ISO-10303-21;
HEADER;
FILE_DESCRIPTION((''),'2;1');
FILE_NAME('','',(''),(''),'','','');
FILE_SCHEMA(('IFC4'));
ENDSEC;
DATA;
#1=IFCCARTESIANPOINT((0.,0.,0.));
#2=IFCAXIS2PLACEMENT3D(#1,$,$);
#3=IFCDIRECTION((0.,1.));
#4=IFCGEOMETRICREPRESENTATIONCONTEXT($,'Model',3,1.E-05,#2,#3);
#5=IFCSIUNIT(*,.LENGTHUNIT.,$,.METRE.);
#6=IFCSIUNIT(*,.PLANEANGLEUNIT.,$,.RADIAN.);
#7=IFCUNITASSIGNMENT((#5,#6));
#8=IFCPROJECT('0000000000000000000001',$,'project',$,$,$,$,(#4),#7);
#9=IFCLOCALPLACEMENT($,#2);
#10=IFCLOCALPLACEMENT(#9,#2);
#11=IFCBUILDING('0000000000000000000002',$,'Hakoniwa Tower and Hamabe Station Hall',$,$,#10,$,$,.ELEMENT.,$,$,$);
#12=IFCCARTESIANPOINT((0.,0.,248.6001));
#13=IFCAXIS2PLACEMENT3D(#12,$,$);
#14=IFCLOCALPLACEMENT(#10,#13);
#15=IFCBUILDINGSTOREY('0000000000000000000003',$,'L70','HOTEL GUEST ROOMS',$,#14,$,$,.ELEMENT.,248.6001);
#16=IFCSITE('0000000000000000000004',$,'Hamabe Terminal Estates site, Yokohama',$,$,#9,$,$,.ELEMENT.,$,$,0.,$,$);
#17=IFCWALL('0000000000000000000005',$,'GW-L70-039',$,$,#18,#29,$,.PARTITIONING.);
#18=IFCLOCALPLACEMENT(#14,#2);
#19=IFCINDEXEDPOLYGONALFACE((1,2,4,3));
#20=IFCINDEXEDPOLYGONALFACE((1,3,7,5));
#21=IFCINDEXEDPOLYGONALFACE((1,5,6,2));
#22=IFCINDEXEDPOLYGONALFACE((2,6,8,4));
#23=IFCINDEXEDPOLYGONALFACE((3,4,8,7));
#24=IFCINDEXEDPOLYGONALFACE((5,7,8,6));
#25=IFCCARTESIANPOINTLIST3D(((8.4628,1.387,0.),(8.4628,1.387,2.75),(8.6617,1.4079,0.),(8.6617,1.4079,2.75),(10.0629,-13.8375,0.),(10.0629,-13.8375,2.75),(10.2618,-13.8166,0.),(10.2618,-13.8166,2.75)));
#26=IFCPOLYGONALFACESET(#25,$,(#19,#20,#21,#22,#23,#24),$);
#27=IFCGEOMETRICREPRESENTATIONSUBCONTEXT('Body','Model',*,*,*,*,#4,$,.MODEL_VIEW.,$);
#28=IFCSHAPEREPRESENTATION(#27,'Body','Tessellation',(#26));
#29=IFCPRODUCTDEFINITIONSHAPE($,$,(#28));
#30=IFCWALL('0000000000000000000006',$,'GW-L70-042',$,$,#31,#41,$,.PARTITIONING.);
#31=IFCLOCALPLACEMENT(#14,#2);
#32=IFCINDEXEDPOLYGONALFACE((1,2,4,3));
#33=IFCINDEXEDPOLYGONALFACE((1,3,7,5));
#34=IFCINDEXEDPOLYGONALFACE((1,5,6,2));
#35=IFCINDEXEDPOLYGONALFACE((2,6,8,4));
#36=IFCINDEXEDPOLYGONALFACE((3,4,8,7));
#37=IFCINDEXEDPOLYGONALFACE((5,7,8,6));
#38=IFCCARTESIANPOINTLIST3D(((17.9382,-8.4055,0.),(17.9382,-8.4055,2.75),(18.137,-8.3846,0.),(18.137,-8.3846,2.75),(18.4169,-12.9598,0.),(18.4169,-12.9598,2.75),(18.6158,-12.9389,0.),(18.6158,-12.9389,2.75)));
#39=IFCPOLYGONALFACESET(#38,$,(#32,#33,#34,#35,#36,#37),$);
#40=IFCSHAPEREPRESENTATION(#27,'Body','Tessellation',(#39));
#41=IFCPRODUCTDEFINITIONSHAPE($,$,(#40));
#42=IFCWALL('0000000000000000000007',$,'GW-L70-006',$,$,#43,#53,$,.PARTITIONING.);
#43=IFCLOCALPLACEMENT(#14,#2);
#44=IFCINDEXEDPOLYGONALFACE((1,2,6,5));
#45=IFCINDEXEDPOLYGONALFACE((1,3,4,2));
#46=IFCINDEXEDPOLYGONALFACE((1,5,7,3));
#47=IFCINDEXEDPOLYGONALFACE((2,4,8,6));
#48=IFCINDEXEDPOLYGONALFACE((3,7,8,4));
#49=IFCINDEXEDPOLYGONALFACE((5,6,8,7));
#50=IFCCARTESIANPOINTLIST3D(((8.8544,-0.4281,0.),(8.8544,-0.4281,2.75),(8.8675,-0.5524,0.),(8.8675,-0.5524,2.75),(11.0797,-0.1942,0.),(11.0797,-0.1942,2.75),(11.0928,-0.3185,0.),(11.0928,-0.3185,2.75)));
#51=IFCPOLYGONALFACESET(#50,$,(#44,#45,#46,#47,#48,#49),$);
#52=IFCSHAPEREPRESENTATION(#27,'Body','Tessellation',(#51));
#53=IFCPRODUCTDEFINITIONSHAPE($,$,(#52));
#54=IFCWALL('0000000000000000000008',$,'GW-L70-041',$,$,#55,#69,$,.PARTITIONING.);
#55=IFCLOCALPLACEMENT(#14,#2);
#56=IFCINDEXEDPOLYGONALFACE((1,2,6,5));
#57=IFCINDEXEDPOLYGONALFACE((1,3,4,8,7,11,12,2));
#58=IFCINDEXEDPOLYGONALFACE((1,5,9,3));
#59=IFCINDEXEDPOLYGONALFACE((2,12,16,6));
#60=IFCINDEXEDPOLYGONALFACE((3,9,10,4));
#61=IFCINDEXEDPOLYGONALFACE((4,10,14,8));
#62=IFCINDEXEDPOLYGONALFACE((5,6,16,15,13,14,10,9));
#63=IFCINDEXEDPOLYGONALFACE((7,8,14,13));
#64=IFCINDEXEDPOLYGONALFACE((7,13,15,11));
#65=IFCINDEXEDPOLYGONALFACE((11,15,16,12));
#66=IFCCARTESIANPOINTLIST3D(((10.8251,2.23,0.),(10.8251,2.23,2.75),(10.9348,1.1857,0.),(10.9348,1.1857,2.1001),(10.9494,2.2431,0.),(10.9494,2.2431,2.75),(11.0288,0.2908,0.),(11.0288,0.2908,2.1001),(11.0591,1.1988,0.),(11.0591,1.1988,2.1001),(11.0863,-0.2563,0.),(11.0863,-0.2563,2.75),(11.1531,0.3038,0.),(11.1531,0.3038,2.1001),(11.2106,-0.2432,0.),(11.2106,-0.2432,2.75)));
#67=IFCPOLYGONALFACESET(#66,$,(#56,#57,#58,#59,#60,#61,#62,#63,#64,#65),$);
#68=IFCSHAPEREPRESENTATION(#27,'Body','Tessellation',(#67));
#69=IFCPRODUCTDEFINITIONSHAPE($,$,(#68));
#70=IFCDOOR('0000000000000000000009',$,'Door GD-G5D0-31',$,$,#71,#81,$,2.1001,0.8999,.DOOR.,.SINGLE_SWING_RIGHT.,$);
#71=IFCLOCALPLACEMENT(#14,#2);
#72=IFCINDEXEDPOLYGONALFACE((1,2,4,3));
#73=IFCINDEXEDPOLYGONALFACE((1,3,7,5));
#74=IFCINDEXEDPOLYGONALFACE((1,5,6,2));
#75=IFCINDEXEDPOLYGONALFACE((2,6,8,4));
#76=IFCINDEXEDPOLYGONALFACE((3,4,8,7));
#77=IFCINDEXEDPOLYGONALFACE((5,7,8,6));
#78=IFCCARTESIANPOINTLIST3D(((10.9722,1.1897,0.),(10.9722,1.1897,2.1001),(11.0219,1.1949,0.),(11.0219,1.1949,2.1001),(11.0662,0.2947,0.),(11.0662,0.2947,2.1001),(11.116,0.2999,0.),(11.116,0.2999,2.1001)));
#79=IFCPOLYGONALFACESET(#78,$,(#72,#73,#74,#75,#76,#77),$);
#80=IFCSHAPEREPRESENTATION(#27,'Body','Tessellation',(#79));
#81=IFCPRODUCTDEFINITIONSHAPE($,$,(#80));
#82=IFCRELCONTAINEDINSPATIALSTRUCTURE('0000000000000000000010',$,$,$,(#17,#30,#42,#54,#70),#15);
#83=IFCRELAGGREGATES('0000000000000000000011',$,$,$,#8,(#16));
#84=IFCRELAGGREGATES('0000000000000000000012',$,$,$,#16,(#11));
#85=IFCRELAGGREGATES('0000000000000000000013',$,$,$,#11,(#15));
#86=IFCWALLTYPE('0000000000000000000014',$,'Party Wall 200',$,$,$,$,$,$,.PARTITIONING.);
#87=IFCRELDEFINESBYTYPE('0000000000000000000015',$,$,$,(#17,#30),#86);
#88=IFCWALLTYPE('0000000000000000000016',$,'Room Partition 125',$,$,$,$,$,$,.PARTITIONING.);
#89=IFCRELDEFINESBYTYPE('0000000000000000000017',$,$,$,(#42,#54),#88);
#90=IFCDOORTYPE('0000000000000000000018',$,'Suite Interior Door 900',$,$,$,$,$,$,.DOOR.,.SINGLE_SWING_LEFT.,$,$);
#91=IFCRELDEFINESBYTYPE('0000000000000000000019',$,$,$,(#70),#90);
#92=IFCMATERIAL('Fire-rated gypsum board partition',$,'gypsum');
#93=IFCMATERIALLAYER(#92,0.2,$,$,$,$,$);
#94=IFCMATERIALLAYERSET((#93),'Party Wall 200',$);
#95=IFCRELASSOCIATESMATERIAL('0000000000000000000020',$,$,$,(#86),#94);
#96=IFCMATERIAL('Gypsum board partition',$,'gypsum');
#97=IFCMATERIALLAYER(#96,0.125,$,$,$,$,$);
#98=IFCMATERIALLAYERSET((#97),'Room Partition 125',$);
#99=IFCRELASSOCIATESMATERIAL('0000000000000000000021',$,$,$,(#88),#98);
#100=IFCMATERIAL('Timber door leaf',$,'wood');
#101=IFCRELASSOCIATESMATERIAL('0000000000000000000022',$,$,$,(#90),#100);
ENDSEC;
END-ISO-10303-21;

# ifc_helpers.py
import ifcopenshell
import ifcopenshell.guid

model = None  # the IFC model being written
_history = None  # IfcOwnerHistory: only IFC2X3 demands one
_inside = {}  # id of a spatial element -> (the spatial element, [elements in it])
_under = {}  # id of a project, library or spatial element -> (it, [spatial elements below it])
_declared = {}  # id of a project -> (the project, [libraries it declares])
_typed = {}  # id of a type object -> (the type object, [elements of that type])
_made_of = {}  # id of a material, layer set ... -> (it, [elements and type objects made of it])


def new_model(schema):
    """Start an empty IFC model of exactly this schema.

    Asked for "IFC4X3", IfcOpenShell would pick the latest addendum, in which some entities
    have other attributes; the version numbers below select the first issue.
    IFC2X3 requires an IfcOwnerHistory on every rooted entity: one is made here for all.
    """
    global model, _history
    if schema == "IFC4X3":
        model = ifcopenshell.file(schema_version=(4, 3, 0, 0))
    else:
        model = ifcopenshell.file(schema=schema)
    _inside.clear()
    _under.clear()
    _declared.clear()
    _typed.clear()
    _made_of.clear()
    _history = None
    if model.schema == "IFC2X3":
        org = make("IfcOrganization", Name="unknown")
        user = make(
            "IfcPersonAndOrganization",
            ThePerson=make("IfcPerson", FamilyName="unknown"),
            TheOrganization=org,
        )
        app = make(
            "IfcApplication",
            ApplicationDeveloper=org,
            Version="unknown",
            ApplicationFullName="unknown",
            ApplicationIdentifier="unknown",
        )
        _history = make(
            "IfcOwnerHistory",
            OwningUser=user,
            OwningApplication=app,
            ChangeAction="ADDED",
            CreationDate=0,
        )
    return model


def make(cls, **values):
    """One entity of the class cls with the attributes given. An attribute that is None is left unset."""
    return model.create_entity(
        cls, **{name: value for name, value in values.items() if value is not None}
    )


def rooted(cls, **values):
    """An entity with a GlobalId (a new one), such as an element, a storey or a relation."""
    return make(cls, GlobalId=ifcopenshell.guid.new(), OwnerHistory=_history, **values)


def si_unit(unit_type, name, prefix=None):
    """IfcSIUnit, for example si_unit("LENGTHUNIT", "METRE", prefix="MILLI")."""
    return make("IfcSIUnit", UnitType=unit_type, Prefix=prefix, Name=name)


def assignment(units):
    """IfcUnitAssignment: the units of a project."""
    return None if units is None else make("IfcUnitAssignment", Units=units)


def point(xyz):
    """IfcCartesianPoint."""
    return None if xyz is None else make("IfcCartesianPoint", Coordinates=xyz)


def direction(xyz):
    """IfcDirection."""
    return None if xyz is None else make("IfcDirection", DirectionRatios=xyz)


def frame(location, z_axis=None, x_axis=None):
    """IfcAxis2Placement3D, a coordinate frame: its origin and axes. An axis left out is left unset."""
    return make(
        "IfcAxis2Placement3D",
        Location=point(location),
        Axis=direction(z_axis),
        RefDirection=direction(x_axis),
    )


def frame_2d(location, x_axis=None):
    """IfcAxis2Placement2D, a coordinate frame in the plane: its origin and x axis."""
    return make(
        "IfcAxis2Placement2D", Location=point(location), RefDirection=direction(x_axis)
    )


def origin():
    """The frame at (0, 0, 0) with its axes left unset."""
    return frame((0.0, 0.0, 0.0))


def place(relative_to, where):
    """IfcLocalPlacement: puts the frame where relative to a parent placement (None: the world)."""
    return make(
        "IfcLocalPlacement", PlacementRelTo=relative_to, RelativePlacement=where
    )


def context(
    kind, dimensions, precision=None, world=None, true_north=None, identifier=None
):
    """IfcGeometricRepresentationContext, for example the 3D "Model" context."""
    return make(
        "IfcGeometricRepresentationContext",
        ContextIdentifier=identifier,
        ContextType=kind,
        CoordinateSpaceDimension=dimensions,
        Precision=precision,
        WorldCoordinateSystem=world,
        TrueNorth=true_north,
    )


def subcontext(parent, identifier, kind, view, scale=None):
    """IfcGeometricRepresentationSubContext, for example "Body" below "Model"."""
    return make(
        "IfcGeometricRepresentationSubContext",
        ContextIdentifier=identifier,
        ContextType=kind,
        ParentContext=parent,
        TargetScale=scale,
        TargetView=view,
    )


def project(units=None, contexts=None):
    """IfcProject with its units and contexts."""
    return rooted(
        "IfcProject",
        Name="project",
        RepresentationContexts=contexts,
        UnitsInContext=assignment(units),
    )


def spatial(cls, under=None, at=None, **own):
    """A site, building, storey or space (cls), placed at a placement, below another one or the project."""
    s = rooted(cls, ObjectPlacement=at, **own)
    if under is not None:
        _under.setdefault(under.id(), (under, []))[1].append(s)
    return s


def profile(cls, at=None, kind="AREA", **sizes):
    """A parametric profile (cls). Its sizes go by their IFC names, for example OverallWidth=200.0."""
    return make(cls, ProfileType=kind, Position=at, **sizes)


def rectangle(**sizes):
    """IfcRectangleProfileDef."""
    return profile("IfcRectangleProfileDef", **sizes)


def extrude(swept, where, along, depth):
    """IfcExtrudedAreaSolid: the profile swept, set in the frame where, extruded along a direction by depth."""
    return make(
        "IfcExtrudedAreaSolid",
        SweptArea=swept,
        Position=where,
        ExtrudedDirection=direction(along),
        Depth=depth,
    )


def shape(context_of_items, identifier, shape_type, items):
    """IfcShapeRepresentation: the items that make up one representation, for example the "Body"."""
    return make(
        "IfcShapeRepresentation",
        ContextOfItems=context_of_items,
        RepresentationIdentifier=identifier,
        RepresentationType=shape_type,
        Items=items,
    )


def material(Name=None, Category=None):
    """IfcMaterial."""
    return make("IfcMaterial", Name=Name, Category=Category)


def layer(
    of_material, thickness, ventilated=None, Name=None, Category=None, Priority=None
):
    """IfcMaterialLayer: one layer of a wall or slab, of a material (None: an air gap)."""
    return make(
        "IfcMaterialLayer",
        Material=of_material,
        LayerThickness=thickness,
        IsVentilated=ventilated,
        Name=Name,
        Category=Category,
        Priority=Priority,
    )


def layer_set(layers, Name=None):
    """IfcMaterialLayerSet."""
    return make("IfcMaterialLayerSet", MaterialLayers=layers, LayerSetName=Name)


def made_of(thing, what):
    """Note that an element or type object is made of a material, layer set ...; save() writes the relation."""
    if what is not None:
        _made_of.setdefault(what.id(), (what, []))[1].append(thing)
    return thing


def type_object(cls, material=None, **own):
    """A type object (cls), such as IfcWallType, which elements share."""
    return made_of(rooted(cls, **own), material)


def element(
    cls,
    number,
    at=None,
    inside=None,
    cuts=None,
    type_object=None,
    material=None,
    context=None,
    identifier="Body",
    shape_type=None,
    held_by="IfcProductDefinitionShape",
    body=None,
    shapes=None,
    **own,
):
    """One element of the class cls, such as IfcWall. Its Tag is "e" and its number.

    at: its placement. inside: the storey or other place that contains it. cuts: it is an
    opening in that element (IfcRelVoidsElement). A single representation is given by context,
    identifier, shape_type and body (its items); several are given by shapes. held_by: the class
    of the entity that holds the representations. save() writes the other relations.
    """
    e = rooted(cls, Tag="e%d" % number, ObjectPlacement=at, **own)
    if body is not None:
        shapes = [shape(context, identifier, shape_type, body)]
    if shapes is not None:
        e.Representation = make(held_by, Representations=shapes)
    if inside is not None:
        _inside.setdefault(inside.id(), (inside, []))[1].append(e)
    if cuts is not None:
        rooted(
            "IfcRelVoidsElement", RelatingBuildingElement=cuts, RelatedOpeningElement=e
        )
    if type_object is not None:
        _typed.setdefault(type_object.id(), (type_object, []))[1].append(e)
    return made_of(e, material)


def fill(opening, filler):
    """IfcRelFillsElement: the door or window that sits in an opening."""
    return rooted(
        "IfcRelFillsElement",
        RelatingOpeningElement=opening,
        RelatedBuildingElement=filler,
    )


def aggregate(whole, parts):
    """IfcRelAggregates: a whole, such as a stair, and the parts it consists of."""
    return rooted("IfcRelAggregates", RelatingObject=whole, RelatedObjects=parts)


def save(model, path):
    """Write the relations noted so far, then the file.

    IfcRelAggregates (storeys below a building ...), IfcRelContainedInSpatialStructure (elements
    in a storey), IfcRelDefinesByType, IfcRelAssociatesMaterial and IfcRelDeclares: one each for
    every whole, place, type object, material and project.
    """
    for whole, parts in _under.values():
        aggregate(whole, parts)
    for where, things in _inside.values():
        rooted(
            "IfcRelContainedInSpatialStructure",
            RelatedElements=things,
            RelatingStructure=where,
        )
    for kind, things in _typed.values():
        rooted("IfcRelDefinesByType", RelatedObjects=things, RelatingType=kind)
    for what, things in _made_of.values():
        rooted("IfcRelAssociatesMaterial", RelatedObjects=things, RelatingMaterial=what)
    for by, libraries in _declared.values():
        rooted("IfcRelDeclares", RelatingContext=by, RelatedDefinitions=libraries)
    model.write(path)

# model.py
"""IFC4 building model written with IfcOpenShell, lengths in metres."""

from ifc_helpers import new_model, si_unit, direction, frame, frame_2d, origin, place, context, subcontext, project, spatial, rectangle, extrude, material, layer, layer_set, type_object, element, fill, save


model = new_model("IFC4")

# Units and contexts
model_context = context("Model", 3, precision=1e-05, world=origin(), true_north=direction((0.0, 1.0)))
body_context = subcontext(model_context, "Body", "Model", "MODEL_VIEW")
ifc_project = project(units=[si_unit("LENGTHUNIT", "METRE"), si_unit("PLANEANGLEUNIT", "RADIAN")], contexts=[model_context])

# Site, building, storey
site_placement = place(None, origin())
site = spatial("IfcSite", under=ifc_project, at=site_placement, Name="Hamabe Terminal Estates site, Yokohama", CompositionType="ELEMENT", RefElevation=0.0)
building_placement = place(site_placement, origin())
building = spatial("IfcBuilding", under=site, at=building_placement, Name="Hakoniwa Tower and Hamabe Station Hall", CompositionType="ELEMENT")
storey_placement = place(building_placement, frame((0.0, 0.0, 248.6001)))
storey = spatial("IfcBuildingStorey", under=building, at=storey_placement, Name="L70", Description="HOTEL GUEST ROOMS", CompositionType="ELEMENT", Elevation=248.6001)

# Walls
ifc_material_1 = material(Name="Fire-rated gypsum board partition", Category="gypsum")
ifc_layer_1 = layer(ifc_material_1, 0.2)
ifc_layer_set_1 = layer_set([ifc_layer_1], Name="Party Wall 200")
wall_type_1 = type_object("IfcWallType", Name="Party Wall 200", PredefinedType="PARTITIONING", material=ifc_layer_set_1)
wall_1_placement = place(storey_placement, frame((10.1624, -13.8271, 0.0), z_axis=(0.0, 0.0, 1.0), x_axis=(-0.104524, 0.994522, 0.0)))
element("IfcWall", 1, at=wall_1_placement, inside=storey, type_object=wall_type_1, Name="GW-L70-039", PredefinedType="PARTITIONING", context=body_context, shape_type="SweptSolid", body=[
    extrude(rectangle(XDim=15.3083, YDim=0.2, at=frame_2d((7.6543, 0.0))), origin(), (0.0, 0.0, 1.0), 2.75),
])
wall_2_placement = place(storey_placement, frame((18.5164, -12.9492, 0.0), z_axis=(0.0, 0.0, 1.0), x_axis=(-0.104549, 0.99452, 0.0)))
element("IfcWall", 2, at=wall_2_placement, inside=storey, type_object=wall_type_1, Name="GW-L70-042", PredefinedType="PARTITIONING", context=body_context, shape_type="SweptSolid", body=[
    extrude(rectangle(XDim=4.5793, YDim=0.2, at=frame_2d((2.2896, 0.0))), origin(), (0.0, 0.0, 1.0), 2.75),
])
ifc_material_2 = material(Name="Gypsum board partition", Category="gypsum")
ifc_layer_2 = layer(ifc_material_2, 0.125)
ifc_layer_set_2 = layer_set([ifc_layer_2], Name="Room Partition 125")
wall_type_2 = type_object("IfcWallType", Name="Room Partition 125", PredefinedType="PARTITIONING", material=ifc_layer_set_2)
wall_3_placement = place(storey_placement, frame((8.8611, -0.4902, 0.0), z_axis=(0.0, 0.0, 1.0), x_axis=(0.994522, 0.104526, 0.0)))
element("IfcWall", 3, at=wall_3_placement, inside=storey, type_object=wall_type_2, Name="GW-L70-006", PredefinedType="PARTITIONING", context=body_context, shape_type="SweptSolid", body=[
    extrude(rectangle(XDim=2.2375, YDim=0.125, at=frame_2d((1.1187, 0.0))), origin(), (0.0, 0.0, 1.0), 2.75),
])

# Wall, opening, door
wall_4_placement = place(storey_placement, frame((11.1484, -0.2498, 0.0), z_axis=(0.0, 0.0, 1.0), x_axis=(-0.104492, 0.994526, 0.0)))
wall_4 = element("IfcWall", 4, at=wall_4_placement, inside=storey, type_object=wall_type_2, Name="GW-L70-041", PredefinedType="PARTITIONING", context=body_context, shape_type="SweptSolid", body=[
    extrude(rectangle(XDim=2.5, YDim=0.125, at=frame_2d((1.25, 0.0))), origin(), (0.0, 0.0, 1.0), 2.75),
])
opening_1_placement = place(wall_4_placement, frame((0.55, 0.0, 0.0)))
opening_1 = element("IfcOpeningElement", 5, at=opening_1_placement, cuts=wall_4, PredefinedType="OPENING", context=body_context, shape_type="SweptSolid", body=[
    extrude(rectangle(XDim=0.8999, YDim=2.1001, at=frame_2d((0.45, 1.05))), frame((0.0, 0.0725, 0.0), z_axis=(0.0, -1.0, 0.0), x_axis=(1.0, 0.0, 0.0)), (0.0, 0.0, 1.0), 0.145),
])
ifc_material_3 = material(Name="Timber door leaf", Category="wood")
door_type_1 = type_object("IfcDoorType", Name="Suite Interior Door 900", OperationType="SINGLE_SWING_LEFT", PredefinedType="DOOR", material=ifc_material_3)
door_1_placement = place(opening_1_placement, origin())
door_1 = element("IfcDoor", 6, at=door_1_placement, inside=storey, type_object=door_type_1, Name="Door GD-G5D0-31", OperationType="SINGLE_SWING_RIGHT", OverallHeight=2.1001, OverallWidth=0.8999, PredefinedType="DOOR", context=body_context, shape_type="SweptSolid", body=[
    extrude(rectangle(XDim=0.8999, YDim=2.1001, at=frame_2d((0.45, 1.05))), frame((0.0, 0.0249, 0.0), z_axis=(0.0, -1.0, 0.0), x_axis=(1.0, 0.0, 0.0)), (0.0, 0.0, 1.0), 0.05),
])
fill(opening_1, door_1)

save(model, "model.ifc")
